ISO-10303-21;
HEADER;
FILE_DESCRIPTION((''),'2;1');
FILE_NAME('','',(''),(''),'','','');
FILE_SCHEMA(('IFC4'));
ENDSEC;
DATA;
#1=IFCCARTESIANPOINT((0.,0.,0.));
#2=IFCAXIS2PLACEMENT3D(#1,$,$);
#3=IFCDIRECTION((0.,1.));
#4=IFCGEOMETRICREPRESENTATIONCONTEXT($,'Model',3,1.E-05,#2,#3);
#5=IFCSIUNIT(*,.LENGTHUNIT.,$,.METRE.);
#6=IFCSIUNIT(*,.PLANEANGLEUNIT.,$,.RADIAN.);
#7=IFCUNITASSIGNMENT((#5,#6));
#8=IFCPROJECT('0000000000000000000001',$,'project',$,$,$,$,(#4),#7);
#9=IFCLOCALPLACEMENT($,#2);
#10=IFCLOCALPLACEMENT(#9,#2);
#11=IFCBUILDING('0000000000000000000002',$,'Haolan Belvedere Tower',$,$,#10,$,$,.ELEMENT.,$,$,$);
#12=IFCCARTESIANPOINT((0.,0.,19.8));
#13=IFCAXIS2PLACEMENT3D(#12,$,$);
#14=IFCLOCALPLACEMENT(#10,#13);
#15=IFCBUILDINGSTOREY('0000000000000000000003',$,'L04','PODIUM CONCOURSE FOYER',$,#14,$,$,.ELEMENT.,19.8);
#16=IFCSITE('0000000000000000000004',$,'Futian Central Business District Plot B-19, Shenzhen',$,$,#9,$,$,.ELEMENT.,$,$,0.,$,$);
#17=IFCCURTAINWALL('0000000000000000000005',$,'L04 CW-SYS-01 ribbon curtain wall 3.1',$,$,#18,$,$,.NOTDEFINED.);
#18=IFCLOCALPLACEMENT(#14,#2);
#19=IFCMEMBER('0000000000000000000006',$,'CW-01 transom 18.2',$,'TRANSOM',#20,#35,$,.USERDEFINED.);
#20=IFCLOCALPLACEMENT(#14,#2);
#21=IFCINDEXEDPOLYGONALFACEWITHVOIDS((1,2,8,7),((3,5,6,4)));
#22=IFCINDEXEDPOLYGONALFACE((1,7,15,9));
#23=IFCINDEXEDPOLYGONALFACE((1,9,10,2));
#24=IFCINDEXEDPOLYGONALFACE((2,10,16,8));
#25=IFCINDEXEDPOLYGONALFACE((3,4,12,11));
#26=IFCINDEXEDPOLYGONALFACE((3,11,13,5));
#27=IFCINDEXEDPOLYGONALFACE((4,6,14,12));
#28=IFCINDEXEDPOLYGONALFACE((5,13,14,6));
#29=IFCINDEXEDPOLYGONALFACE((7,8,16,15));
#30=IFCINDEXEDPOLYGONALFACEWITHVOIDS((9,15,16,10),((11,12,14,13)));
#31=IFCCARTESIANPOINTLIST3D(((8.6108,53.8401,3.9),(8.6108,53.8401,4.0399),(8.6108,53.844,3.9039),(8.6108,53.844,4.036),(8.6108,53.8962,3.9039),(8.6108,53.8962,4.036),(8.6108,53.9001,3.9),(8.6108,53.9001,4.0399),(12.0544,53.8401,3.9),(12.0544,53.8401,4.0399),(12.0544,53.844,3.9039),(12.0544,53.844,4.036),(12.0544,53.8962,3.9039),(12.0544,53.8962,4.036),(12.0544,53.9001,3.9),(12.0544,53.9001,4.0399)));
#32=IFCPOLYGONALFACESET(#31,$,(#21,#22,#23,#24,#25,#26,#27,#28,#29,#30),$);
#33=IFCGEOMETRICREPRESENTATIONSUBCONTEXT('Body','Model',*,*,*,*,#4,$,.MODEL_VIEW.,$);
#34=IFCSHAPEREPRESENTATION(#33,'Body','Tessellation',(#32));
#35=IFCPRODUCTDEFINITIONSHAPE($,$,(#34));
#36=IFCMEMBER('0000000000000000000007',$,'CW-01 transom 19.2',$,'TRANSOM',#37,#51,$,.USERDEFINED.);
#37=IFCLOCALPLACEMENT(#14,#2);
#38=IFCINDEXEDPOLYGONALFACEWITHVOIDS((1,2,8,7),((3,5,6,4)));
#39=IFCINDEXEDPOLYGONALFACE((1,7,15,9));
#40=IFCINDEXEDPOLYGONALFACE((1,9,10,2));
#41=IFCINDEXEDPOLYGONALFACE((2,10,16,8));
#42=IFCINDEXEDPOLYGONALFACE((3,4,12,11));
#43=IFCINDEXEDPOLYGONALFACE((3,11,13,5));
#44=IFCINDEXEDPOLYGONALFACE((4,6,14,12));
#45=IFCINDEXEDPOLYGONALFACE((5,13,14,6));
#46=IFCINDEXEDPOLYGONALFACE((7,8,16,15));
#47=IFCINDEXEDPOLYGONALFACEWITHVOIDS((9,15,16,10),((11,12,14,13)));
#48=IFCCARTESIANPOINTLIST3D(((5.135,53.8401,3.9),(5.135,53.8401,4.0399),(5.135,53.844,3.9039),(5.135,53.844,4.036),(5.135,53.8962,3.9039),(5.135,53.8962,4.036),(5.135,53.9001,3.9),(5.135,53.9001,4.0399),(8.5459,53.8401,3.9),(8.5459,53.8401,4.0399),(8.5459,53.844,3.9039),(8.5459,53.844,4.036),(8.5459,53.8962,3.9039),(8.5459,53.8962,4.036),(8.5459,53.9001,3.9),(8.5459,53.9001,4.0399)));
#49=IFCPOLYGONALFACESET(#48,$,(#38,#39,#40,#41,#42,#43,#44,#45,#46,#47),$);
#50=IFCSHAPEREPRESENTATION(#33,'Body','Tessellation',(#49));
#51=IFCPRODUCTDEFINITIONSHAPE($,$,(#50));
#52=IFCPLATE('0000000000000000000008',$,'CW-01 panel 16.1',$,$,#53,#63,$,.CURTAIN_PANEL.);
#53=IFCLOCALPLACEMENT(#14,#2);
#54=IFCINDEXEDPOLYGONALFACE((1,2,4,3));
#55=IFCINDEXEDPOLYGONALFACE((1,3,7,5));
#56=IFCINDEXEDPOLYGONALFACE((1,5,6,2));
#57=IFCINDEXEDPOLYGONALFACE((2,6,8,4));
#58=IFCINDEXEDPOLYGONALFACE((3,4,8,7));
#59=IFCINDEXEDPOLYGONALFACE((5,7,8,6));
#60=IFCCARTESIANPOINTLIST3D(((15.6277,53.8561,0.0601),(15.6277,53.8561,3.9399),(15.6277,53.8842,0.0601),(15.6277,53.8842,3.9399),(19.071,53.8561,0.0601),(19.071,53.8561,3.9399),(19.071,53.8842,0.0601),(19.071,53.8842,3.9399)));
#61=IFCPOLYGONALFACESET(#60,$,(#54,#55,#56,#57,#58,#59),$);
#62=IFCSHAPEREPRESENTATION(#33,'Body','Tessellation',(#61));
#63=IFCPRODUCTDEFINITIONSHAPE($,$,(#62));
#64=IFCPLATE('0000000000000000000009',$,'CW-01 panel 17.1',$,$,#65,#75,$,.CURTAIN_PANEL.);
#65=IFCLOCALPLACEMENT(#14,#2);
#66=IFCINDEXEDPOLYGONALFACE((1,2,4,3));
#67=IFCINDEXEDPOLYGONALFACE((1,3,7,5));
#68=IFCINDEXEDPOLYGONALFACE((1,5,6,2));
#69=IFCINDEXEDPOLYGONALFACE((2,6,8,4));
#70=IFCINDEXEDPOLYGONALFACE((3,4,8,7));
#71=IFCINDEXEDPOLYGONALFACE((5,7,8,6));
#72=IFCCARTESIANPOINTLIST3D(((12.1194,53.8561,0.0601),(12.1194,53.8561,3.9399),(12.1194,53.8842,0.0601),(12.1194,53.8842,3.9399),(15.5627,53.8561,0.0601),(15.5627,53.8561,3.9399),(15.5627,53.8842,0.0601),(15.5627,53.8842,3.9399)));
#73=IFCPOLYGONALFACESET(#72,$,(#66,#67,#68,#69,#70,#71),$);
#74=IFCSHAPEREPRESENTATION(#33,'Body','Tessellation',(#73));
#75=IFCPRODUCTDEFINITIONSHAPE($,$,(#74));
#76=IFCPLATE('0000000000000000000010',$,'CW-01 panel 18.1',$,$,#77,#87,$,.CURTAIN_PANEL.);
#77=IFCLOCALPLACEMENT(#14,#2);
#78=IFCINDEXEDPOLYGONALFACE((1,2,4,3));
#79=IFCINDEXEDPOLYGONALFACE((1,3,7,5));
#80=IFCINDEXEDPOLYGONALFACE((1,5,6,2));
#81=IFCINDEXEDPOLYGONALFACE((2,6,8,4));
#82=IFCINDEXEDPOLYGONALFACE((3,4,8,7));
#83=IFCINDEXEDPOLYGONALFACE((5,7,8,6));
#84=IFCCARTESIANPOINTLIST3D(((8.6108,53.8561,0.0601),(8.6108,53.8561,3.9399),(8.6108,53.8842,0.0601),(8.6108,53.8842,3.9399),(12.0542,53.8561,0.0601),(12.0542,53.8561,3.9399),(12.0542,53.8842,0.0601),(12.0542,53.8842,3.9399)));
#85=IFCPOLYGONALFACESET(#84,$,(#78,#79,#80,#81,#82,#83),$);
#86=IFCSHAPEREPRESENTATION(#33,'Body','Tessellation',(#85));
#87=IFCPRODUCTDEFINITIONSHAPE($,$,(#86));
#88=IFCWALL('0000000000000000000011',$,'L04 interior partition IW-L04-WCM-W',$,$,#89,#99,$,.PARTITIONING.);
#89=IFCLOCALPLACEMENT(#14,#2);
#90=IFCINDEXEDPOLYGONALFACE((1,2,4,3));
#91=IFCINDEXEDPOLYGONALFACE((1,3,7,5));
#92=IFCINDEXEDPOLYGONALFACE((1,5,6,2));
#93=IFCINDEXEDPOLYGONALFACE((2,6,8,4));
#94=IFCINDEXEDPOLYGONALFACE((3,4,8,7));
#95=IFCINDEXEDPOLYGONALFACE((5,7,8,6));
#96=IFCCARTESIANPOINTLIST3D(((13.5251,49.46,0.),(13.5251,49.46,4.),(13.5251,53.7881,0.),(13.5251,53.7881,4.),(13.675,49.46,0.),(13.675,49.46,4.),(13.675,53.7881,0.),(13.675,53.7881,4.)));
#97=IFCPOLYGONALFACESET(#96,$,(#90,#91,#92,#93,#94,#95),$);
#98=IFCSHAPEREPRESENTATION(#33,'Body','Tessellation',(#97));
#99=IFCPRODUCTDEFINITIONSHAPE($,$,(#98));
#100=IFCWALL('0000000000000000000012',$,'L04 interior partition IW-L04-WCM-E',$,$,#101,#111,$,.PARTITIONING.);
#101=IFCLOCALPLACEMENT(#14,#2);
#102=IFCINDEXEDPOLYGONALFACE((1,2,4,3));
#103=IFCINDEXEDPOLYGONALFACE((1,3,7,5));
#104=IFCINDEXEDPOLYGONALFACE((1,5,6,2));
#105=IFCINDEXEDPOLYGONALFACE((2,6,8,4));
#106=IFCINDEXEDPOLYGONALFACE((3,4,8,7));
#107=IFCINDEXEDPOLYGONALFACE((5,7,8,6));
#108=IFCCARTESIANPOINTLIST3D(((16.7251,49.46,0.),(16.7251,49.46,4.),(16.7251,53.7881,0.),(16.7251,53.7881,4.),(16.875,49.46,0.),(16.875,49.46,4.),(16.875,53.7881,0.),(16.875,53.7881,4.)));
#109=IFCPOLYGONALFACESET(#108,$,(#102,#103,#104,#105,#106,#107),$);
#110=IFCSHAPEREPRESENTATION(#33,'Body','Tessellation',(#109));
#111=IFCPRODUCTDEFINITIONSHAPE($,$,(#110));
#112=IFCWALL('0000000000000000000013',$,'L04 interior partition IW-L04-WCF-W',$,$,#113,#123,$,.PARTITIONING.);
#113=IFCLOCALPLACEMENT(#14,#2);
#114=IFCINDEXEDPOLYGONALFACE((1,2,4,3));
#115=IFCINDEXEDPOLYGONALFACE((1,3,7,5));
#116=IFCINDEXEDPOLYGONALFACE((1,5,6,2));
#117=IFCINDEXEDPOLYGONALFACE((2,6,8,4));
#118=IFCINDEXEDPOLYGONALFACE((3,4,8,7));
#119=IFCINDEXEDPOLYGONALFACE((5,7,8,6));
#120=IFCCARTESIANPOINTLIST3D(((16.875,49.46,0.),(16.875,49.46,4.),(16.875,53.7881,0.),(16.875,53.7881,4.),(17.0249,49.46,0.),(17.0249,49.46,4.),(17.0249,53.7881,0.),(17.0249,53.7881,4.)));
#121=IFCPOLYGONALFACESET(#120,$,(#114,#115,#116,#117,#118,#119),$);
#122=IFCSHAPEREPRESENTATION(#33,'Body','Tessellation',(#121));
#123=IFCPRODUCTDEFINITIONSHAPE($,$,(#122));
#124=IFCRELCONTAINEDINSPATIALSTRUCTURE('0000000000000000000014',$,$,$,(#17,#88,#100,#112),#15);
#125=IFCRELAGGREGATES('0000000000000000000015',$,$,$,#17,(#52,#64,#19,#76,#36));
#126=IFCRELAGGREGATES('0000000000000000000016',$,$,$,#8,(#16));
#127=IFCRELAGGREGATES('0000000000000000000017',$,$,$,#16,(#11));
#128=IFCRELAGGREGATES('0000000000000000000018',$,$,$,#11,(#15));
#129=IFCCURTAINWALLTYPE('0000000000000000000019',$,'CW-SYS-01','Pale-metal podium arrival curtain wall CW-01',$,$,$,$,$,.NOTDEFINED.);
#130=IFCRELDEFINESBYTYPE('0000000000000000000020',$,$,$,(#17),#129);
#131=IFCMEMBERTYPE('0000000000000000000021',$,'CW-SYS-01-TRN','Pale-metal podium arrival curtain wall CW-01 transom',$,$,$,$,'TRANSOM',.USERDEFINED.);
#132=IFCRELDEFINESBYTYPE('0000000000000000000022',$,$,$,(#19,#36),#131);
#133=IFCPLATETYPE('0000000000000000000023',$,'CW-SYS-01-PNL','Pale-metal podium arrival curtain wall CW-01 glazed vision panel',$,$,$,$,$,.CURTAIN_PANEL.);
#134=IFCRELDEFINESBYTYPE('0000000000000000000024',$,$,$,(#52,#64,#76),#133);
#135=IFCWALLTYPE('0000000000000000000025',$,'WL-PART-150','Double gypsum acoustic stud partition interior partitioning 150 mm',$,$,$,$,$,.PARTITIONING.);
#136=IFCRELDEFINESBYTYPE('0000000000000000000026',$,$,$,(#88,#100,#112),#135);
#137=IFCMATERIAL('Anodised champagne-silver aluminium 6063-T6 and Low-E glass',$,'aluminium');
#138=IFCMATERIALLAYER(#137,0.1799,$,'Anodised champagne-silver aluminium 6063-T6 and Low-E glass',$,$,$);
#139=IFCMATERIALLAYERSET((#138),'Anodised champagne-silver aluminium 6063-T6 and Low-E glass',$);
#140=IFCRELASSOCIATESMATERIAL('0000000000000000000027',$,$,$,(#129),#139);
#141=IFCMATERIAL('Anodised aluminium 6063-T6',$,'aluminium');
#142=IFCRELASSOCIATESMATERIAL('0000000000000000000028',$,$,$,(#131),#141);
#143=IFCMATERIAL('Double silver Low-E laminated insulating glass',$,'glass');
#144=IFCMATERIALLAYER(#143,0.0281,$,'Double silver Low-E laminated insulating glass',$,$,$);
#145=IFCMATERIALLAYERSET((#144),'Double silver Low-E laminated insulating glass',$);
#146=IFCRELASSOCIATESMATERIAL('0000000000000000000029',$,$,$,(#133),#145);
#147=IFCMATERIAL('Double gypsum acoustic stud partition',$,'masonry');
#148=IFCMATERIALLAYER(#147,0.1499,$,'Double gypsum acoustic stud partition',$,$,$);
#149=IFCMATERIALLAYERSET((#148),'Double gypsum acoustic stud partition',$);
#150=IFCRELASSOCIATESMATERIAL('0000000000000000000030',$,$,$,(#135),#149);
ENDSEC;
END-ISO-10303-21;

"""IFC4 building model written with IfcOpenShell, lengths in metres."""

from ifc_helpers import new_model, si_unit, direction, frame, frame_2d, origin, origin_2d, place, context, subcontext, project, spatial, rectangle, hollow_rectangle, extrude, material, layer, layer_set, material_profile, profile_set, type_object, element, aggregate, save


model = new_model("IFC4")

# Units and contexts
model_context = context("Model", 3, precision=1e-05, world=origin(), true_north=direction((0.0, 1.0)))
body_context = subcontext(model_context, "Body", "Model", "MODEL_VIEW")
ifc_project = project(units=[si_unit("LENGTHUNIT", "METRE"), si_unit("PLANEANGLEUNIT", "RADIAN")], contexts=[model_context])

# Site, building, storey
site_placement = place(None, origin())
site = spatial("IfcSite", under=ifc_project, at=site_placement, Name="Futian Central Business District Plot B-19, Shenzhen", CompositionType="ELEMENT", RefElevation=0.0)
building_placement = place(site_placement, origin())
building = spatial("IfcBuilding", under=site, at=building_placement, Name="Haolan Belvedere Tower", CompositionType="ELEMENT")
storey_placement = place(building_placement, frame((0.0, 0.0, 19.8)))
storey = spatial("IfcBuildingStorey", under=building, at=storey_placement, Name="L04", Description="PODIUM CONCOURSE FOYER", CompositionType="ELEMENT", Elevation=19.8)

# Curtain wall, members, plates
ifc_material_1 = material(Name="Anodised champagne-silver aluminium 6063-T6 and Low-E glass", Category="aluminium")
ifc_layer_1 = layer(ifc_material_1, 0.1799, Name="Anodised champagne-silver aluminium 6063-T6 and Low-E glass")
ifc_layer_set_1 = layer_set([ifc_layer_1], Name="Anodised champagne-silver aluminium 6063-T6 and Low-E glass")
curtain_wall_type = type_object("IfcCurtainWallType", Name="CW-SYS-01", Description="Pale-metal podium arrival curtain wall CW-01", PredefinedType="NOTDEFINED", material=ifc_layer_set_1)
curtain_wall_placement = place(storey_placement, origin())
curtain_wall = element("IfcCurtainWall", 1, at=curtain_wall_placement, inside=storey, type_object=curtain_wall_type, Name="L04 CW-SYS-01 ribbon curtain wall 3.1", PredefinedType="NOTDEFINED")
ifc_material_2 = material(Name="Anodised aluminium 6063-T6", Category="aluminium")
ifc_material_profile_1 = material_profile(ifc_material_2, hollow_rectangle(XDim=0.0601, YDim=0.1399, WallThickness=0.0039, at=origin_2d()), Name="Anodised aluminium 6063-T6")
ifc_profile_set_1 = profile_set([ifc_material_profile_1], Name="Anodised aluminium 6063-T6")
member_type_1 = type_object("IfcMemberType", Name="CW-SYS-01-TRN", Description="Pale-metal podium arrival curtain wall CW-01 transom", ElementType="TRANSOM", PredefinedType="USERDEFINED", material=ifc_profile_set_1)
member_1_placement = place(storey_placement, frame((12.0544, 53.8701, 3.97), z_axis=(-1.0, 0.0, 0.0), x_axis=(0.0, -1.0, 0.0)))
member_1 = element("IfcMember", 2, at=member_1_placement, type_object=member_type_1, Name="CW-01 transom 18.2", ObjectType="TRANSOM", PredefinedType="USERDEFINED", context=body_context, shape_type="SweptSolid", body=[
    extrude(hollow_rectangle(XDim=0.0601, YDim=0.1399, WallThickness=0.0039, at=origin_2d()), origin(), (0.0, 0.0, 1.0), 3.4436),
])
member_2_placement = place(storey_placement, frame((8.5459, 53.8701, 3.97), z_axis=(-1.0, 0.0, 0.0), x_axis=(0.0, -1.0, 0.0)))
member_2 = element("IfcMember", 3, at=member_2_placement, type_object=member_type_1, Name="CW-01 transom 19.2", ObjectType="TRANSOM", PredefinedType="USERDEFINED", context=body_context, shape_type="SweptSolid", body=[
    extrude(hollow_rectangle(XDim=0.0601, YDim=0.1399, WallThickness=0.0039, at=origin_2d()), origin(), (0.0, 0.0, 1.0), 3.4109),
])
ifc_material_3 = material(Name="Double silver Low-E laminated insulating glass", Category="glass")
ifc_layer_2 = layer(ifc_material_3, 0.0281, Name="Double silver Low-E laminated insulating glass")
ifc_layer_set_2 = layer_set([ifc_layer_2], Name="Double silver Low-E laminated insulating glass")
plate_type = type_object("IfcPlateType", Name="CW-SYS-01-PNL", Description="Pale-metal podium arrival curtain wall CW-01 glazed vision panel", PredefinedType="CURTAIN_PANEL", material=ifc_layer_set_2)
plate_1_placement = place(storey_placement, frame((17.3494, 53.8701, 0.0601), z_axis=(0.0, 0.0, 1.0), x_axis=(-1.0, 0.0, 0.0)))
plate_1 = element("IfcPlate", 4, at=plate_1_placement, type_object=plate_type, Name="CW-01 panel 16.1", PredefinedType="CURTAIN_PANEL", context=body_context, shape_type="SweptSolid", body=[
    extrude(rectangle(XDim=3.4434, YDim=0.0281, at=origin_2d()), origin(), (0.0, 0.0, 1.0), 3.8799),
])
plate_2_placement = place(storey_placement, frame((13.8411, 53.8701, 0.0601), z_axis=(0.0, 0.0, 1.0), x_axis=(-1.0, 0.0, 0.0)))
plate_2 = element("IfcPlate", 5, at=plate_2_placement, type_object=plate_type, Name="CW-01 panel 17.1", PredefinedType="CURTAIN_PANEL", context=body_context, shape_type="SweptSolid", body=[
    extrude(rectangle(XDim=3.4434, YDim=0.0281, at=origin_2d()), origin(), (0.0, 0.0, 1.0), 3.8799),
])
plate_3_placement = place(storey_placement, frame((10.3325, 53.8701, 0.0601), z_axis=(0.0, 0.0, 1.0), x_axis=(-1.0, 0.0, 0.0)))
plate_3 = element("IfcPlate", 6, at=plate_3_placement, type_object=plate_type, Name="CW-01 panel 18.1", PredefinedType="CURTAIN_PANEL", context=body_context, shape_type="SweptSolid", body=[
    extrude(rectangle(XDim=3.4434, YDim=0.0281, at=origin_2d()), origin(), (0.0, 0.0, 1.0), 3.8799),
])
aggregate(curtain_wall, [plate_1, plate_2, member_1, plate_3, member_2])

# Shared definitions
ifc_material_4 = material(Name="Double gypsum acoustic stud partition", Category="masonry")
ifc_layer_3 = layer(ifc_material_4, 0.1499, Name="Double gypsum acoustic stud partition")
ifc_layer_set_3 = layer_set([ifc_layer_3], Name="Double gypsum acoustic stud partition")
wall_type = type_object("IfcWallType", Name="WL-PART-150", Description="Double gypsum acoustic stud partition interior partitioning 150 mm", PredefinedType="PARTITIONING", material=ifc_layer_set_3)

# Walls
for number, where, z_axis, x_axis, name in (
    (7, (13.6001, 49.46, 0.0), (0.0, 0.0, 1.0), (0.0, 1.0, 0.0), "L04 interior partition IW-L04-WCM-W"),
    (8, (16.8, 49.46, 0.0), (0.0, 0.0, 1.0), (0.0, 1.0, 0.0), "L04 interior partition IW-L04-WCM-E"),
):
    element("IfcWall", number, at=place(storey_placement, frame(where, z_axis=z_axis, x_axis=x_axis)), inside=storey, type_object=wall_type, Name=name, PredefinedType="PARTITIONING", context=body_context, shape_type="SweptSolid", body=[
        extrude(rectangle(XDim=4.3281, YDim=0.1499, at=frame_2d((2.1641, 0.0))), origin(), (0.0, 0.0, 1.0), 4.0),
    ])

# Wall
wall_1_placement = place(storey_placement, frame((16.95, 49.46, 0.0), z_axis=(0.0, 0.0, 1.0), x_axis=(0.0, 1.0, 0.0)))
element("IfcWall", 9, at=wall_1_placement, inside=storey, type_object=wall_type, Name="L04 interior partition IW-L04-WCF-W", PredefinedType="PARTITIONING", context=body_context, shape_type="SweptSolid", body=[
    extrude(rectangle(XDim=4.3281, YDim=0.1499, at=frame_2d((2.1641, 0.0))), origin(), (0.0, 0.0, 1.0), 4.0),
])

save(model, "model.ifc")
